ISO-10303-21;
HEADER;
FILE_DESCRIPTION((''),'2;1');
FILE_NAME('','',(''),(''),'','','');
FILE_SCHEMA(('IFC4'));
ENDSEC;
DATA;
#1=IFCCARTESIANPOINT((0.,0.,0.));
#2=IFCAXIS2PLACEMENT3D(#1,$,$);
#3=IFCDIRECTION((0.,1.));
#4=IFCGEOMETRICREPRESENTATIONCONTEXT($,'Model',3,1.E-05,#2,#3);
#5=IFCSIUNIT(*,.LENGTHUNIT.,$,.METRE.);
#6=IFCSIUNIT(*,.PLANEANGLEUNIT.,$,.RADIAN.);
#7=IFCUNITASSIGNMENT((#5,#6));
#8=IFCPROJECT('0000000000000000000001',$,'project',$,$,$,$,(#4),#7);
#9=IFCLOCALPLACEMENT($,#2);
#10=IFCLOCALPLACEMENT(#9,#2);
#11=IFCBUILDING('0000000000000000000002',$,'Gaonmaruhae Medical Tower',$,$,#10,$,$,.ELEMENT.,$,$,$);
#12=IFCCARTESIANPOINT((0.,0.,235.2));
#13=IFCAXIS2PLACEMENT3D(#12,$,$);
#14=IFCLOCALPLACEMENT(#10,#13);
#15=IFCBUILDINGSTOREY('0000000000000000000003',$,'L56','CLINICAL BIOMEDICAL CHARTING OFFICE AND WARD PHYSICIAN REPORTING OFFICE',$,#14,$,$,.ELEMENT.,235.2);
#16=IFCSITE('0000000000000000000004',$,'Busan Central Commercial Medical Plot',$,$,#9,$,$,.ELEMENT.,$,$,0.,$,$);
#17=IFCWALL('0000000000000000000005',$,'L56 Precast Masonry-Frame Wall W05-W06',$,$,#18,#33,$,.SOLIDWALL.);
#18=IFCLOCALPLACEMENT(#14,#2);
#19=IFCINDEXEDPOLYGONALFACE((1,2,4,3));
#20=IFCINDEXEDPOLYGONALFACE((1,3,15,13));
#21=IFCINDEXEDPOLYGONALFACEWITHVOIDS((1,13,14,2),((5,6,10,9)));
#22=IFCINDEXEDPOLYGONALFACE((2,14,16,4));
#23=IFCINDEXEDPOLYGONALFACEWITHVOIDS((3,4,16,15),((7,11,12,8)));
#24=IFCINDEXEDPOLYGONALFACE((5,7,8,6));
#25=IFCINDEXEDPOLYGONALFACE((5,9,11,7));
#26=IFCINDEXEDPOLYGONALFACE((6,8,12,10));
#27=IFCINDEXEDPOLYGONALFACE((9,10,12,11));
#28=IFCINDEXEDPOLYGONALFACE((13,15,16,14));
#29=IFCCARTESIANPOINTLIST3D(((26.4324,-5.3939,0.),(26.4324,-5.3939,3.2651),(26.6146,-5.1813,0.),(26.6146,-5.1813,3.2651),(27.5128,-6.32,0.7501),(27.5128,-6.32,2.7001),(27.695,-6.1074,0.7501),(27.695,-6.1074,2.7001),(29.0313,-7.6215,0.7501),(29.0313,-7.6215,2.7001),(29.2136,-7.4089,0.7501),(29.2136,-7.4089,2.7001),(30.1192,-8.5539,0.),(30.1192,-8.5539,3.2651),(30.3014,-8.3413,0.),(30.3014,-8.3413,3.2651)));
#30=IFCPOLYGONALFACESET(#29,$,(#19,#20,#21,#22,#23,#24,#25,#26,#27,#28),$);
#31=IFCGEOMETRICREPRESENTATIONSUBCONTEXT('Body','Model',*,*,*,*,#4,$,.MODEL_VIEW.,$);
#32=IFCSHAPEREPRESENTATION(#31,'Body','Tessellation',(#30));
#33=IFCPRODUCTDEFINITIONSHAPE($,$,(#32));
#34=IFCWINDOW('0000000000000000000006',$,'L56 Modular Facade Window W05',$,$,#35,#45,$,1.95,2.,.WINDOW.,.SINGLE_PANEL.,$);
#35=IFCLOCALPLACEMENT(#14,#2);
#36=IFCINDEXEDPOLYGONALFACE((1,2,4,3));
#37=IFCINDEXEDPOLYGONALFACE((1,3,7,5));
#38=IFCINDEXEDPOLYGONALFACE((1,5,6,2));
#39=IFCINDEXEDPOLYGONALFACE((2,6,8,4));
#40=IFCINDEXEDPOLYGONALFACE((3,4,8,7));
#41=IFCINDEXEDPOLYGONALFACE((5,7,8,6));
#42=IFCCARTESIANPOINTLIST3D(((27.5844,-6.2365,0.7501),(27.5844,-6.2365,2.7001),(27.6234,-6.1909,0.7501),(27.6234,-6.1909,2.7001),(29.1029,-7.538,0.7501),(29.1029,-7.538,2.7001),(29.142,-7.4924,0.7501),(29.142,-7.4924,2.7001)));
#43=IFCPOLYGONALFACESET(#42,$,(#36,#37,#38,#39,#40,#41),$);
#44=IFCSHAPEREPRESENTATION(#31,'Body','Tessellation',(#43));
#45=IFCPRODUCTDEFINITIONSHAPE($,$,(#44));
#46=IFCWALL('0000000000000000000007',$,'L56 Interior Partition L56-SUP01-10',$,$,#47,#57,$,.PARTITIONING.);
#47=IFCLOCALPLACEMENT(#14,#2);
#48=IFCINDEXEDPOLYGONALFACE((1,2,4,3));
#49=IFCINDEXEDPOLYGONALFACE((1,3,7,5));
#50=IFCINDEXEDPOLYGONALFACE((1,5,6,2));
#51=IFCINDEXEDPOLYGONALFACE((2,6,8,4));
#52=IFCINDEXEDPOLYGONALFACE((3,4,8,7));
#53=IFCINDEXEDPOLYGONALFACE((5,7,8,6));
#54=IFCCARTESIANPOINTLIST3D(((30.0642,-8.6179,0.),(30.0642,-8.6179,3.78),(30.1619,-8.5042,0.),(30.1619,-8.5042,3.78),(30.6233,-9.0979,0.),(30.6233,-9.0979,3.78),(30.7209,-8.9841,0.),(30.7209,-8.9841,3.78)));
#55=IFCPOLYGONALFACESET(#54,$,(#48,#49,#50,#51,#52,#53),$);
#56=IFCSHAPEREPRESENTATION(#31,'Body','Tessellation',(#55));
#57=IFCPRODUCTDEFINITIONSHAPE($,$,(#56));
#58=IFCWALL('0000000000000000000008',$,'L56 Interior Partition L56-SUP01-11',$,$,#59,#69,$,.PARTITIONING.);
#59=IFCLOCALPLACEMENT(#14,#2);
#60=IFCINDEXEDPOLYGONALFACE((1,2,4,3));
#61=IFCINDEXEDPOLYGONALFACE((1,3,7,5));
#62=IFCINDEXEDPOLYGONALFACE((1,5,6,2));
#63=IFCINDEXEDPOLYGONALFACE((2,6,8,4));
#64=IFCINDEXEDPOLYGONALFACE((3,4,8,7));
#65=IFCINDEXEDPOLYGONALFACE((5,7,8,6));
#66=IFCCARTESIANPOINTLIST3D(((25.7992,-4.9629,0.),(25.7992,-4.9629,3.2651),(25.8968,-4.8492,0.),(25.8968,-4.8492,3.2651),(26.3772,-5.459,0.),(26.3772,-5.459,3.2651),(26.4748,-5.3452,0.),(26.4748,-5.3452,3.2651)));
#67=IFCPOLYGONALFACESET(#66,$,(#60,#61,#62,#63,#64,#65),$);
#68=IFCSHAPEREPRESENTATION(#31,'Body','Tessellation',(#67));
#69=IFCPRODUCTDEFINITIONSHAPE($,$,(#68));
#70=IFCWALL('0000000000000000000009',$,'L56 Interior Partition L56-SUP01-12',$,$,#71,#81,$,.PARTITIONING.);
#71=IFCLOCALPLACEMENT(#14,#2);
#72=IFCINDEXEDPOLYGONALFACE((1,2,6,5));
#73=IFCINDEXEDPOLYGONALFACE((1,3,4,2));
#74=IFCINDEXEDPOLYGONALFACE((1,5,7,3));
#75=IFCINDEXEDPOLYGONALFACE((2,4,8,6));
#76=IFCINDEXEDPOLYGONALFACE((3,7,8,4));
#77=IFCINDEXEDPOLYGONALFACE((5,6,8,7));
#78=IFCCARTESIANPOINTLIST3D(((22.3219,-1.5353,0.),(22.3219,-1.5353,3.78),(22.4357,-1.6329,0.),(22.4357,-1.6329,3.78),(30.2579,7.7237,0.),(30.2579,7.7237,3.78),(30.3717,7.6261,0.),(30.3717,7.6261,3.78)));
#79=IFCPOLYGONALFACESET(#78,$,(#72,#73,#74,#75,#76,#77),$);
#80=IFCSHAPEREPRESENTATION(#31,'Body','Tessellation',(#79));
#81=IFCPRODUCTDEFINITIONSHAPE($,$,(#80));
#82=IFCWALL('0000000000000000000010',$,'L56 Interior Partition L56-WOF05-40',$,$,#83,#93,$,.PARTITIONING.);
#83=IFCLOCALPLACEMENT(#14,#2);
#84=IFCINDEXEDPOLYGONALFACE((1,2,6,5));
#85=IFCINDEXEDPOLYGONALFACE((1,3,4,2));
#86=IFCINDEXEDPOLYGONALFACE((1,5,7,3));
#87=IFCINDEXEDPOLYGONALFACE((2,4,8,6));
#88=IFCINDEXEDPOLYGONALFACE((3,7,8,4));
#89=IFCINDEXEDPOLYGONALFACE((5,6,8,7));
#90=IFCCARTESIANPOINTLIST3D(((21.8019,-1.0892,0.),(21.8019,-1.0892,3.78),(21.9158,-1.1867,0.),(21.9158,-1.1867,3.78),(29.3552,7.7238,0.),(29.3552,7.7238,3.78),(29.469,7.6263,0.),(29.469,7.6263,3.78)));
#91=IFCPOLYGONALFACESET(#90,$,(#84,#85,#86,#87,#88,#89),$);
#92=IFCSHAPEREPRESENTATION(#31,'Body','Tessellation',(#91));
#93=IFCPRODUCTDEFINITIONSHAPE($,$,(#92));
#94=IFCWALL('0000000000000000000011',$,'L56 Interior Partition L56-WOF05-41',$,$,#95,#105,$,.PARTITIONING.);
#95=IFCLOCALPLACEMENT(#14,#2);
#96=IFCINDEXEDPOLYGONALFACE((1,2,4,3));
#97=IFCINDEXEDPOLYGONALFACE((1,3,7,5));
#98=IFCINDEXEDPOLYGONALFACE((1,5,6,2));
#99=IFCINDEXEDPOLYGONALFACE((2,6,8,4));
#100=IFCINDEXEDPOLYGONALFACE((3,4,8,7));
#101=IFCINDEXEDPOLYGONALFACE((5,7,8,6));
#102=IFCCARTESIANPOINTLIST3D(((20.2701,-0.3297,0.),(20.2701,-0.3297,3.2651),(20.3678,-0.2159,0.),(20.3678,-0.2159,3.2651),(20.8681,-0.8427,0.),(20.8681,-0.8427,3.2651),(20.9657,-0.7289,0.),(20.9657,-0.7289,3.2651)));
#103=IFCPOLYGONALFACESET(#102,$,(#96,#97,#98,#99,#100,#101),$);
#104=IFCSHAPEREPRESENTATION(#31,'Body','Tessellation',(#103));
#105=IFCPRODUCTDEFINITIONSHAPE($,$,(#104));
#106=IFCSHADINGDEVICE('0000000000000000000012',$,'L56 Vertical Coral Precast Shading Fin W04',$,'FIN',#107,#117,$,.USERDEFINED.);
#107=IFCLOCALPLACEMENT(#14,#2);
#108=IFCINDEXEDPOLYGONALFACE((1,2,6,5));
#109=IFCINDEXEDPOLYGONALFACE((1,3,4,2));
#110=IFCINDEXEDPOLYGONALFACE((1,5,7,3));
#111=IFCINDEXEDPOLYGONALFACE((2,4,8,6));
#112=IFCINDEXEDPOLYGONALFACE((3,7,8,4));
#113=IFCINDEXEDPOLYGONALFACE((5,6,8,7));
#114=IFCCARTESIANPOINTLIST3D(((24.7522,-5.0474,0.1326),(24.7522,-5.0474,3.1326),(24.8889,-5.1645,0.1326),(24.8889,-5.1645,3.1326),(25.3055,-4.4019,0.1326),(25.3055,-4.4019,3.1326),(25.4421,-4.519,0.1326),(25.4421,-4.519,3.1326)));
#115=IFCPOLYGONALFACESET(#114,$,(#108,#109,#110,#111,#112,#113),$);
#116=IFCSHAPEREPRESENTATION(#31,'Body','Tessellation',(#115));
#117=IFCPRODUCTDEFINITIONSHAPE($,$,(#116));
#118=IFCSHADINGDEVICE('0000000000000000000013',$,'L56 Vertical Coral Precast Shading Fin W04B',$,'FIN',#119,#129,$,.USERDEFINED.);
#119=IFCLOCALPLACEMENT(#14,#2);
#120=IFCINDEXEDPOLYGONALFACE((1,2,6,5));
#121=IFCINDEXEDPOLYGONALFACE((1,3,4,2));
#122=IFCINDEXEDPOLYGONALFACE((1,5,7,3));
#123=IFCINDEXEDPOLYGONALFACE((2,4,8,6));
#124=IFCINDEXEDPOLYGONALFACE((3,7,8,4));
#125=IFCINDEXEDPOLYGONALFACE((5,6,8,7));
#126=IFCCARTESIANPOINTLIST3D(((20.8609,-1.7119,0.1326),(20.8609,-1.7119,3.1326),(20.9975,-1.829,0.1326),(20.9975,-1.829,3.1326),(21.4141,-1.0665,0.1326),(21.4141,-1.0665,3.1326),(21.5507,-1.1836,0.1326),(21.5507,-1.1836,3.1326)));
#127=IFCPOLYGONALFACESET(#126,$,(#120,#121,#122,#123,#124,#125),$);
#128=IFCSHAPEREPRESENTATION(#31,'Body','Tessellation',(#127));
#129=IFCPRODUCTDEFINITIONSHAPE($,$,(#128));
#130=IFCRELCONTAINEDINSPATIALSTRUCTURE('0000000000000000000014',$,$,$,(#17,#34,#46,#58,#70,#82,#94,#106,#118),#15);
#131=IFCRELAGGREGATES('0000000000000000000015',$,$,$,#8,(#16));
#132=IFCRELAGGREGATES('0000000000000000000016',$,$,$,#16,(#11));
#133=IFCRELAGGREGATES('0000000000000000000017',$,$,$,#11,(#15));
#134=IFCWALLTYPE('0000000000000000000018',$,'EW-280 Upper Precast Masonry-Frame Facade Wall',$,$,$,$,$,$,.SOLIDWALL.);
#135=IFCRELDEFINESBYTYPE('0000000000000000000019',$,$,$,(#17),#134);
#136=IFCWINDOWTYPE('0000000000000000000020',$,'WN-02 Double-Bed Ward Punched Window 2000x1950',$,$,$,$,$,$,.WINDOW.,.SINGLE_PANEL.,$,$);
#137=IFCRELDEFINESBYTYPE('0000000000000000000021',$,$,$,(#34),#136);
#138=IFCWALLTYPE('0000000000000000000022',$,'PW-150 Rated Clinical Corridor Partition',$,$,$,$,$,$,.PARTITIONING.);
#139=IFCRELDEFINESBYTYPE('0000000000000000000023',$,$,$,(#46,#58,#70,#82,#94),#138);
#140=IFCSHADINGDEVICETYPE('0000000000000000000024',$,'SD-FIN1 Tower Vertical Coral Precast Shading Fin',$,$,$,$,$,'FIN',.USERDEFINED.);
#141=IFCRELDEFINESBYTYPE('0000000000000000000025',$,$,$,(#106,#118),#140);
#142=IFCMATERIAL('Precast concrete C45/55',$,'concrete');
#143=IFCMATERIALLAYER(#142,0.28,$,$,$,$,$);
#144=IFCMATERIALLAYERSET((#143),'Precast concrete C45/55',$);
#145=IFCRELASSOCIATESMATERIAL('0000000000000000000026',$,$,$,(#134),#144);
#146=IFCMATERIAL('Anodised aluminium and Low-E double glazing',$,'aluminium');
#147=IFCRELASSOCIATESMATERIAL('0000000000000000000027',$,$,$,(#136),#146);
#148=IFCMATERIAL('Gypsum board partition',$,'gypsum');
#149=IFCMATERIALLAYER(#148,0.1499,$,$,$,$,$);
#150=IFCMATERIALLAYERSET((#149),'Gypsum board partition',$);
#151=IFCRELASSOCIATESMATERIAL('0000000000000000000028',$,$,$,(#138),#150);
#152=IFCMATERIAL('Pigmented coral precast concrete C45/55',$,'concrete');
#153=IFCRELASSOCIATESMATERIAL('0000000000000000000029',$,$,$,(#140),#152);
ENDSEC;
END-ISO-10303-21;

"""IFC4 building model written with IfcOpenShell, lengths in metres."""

from ifc_helpers import new_model, si_unit, direction, frame, frame_2d, origin, origin_2d, place, context, subcontext, project, spatial, rectangle, extrude, material, layer, layer_set, type_object, element, fill, save


model = new_model("IFC4")

# Units and contexts
model_context = context("Model", 3, precision=1e-05, world=origin(), true_north=direction((0.0, 1.0)))
body_context = subcontext(model_context, "Body", "Model", "MODEL_VIEW")
ifc_project = project(units=[si_unit("LENGTHUNIT", "METRE"), si_unit("PLANEANGLEUNIT", "RADIAN")], contexts=[model_context])

# Site, building, storey
site_placement = place(None, origin())
site = spatial("IfcSite", under=ifc_project, at=site_placement, Name="Busan Central Commercial Medical Plot", CompositionType="ELEMENT", RefElevation=0.0)
building_placement = place(site_placement, origin())
building = spatial("IfcBuilding", under=site, at=building_placement, Name="Gaonmaruhae Medical Tower", CompositionType="ELEMENT")
storey_placement = place(building_placement, frame((0.0, 0.0, 235.2)))
storey = spatial("IfcBuildingStorey", under=building, at=storey_placement, Name="L56", Description="CLINICAL BIOMEDICAL CHARTING OFFICE AND WARD PHYSICIAN REPORTING OFFICE", CompositionType="ELEMENT", Elevation=235.2)

# Shared definitions
ifc_material_1 = material(Name="Precast concrete C45/55", Category="concrete")
ifc_layer_1 = layer(ifc_material_1, 0.28)
ifc_layer_set_1 = layer_set([ifc_layer_1], Name="Precast concrete C45/55")
wall_type_1 = type_object("IfcWallType", Name="EW-280 Upper Precast Masonry-Frame Facade Wall", PredefinedType="SOLIDWALL", material=ifc_layer_set_1)
ifc_material_2 = material(Name="Anodised aluminium and Low-E double glazing", Category="aluminium")

# Wall, opening, window
wall_1_placement = place(storey_placement, frame((30.2102, -8.4475, 0.0), z_axis=(0.0, 0.0, 1.0), x_axis=(-0.759274, 0.650771, 0.0)))
wall_1 = element("IfcWall", 1, at=wall_1_placement, inside=storey, type_object=wall_type_1, Name="L56 Precast Masonry-Frame Wall W05-W06", PredefinedType="SOLIDWALL", context=body_context, shape_type="SweptSolid", body=[
    extrude(rectangle(XDim=4.8557, YDim=0.28, at=frame_2d((2.4277, 0.0))), origin(), (0.0, 0.0, 1.0), 3.2651),
])
opening_1_placement = place(wall_1_placement, frame((1.4326, 0.0, 0.75)))
opening_1 = element("IfcOpeningElement", 2, at=opening_1_placement, cuts=wall_1, PredefinedType="OPENING", context=body_context, shape_type="SweptSolid", body=[
    extrude(rectangle(XDim=2.0, YDim=1.95, at=frame_2d((1.0, 0.9751))), frame((0.0, 0.1499, 0.0), z_axis=(0.0, -1.0, 0.0), x_axis=(1.0, 0.0, 0.0)), (0.0, 0.0, 1.0), 0.3),
])
window_type_1 = type_object("IfcWindowType", Name="WN-02 Double-Bed Ward Punched Window 2000x1950", PartitioningType="SINGLE_PANEL", PredefinedType="WINDOW", material=ifc_material_2)
window_1_placement = place(opening_1_placement, origin())
window_1 = element("IfcWindow", 3, at=window_1_placement, inside=storey, type_object=window_type_1, Name="L56 Modular Facade Window W05", OverallHeight=1.95, OverallWidth=2.0, PartitioningType="SINGLE_PANEL", PredefinedType="WINDOW", context=body_context, shape_type="SweptSolid", body=[
    extrude(rectangle(XDim=2.0, YDim=1.95, at=frame_2d((1.0, 0.9751))), frame((0.0, 0.03, 0.0), z_axis=(0.0, -1.0, 0.0), x_axis=(1.0, 0.0, 0.0)), (0.0, 0.0, 1.0), 0.0601),
])
fill(opening_1, window_1)

# Walls
ifc_material_3 = material(Name="Gypsum board partition", Category="gypsum")
ifc_layer_2 = layer(ifc_material_3, 0.1499)
ifc_layer_set_2 = layer_set([ifc_layer_2], Name="Gypsum board partition")
wall_type_2 = type_object("IfcWallType", Name="PW-150 Rated Clinical Corridor Partition", PredefinedType="PARTITIONING", material=ifc_layer_set_2)
wall_2_placement = place(storey_placement, frame((30.6721, -9.041, 0.0), z_axis=(0.0, 0.0, 1.0), x_axis=(-0.758742, 0.651391, 0.0)))
element("IfcWall", 4, at=wall_2_placement, inside=storey, type_object=wall_type_2, Name="L56 Interior Partition L56-SUP01-10", PredefinedType="PARTITIONING", context=body_context, shape_type="SweptSolid", body=[
    extrude(rectangle(XDim=0.7368, YDim=0.1499, at=frame_2d((0.3684, 0.0))), origin(), (0.0, 0.0, 1.0), 3.78),
])
wall_3_placement = place(storey_placement, frame((26.426, -5.4021, 0.0), z_axis=(0.0, 0.0, 1.0), x_axis=(-0.758895, 0.651214, 0.0)))
element("IfcWall", 5, at=wall_3_placement, inside=storey, type_object=wall_type_2, Name="L56 Interior Partition L56-SUP01-11", PredefinedType="PARTITIONING", context=body_context, shape_type="SweptSolid", body=[
    extrude(rectangle(XDim=0.7617, YDim=0.1499, at=frame_2d((0.3809, 0.0))), origin(), (0.0, 0.0, 1.0), 3.2651),
])
wall_4_placement = place(storey_placement, frame((22.3789, -1.584, 0.0), z_axis=(0.0, 0.0, 1.0), x_axis=(0.650778, 0.759268, 0.0)))
element("IfcWall", 6, at=wall_4_placement, inside=storey, type_object=wall_type_2, Name="L56 Interior Partition L56-SUP01-12", PredefinedType="PARTITIONING", context=body_context, shape_type="SweptSolid", body=[
    extrude(rectangle(XDim=12.1946, YDim=0.1499, at=frame_2d((6.0972, 0.0))), origin(), (0.0, 0.0, 1.0), 3.78),
])
wall_5_placement = place(storey_placement, frame((29.4121, 7.675, 0.0), z_axis=(0.0, 0.0, 1.0), x_axis=(-0.650753, -0.759289, 0.0)))
element("IfcWall", 7, at=wall_5_placement, inside=storey, type_object=wall_type_2, Name="L56 Interior Partition L56-WOF05-40", PredefinedType="PARTITIONING", context=body_context, shape_type="SweptSolid", body=[
    extrude(rectangle(XDim=11.6069, YDim=0.1499, at=frame_2d((5.8035, 0.0))), origin(), (0.0, 0.0, 1.0), 3.78),
])
wall_6_placement = place(storey_placement, frame((20.917, -0.7859, 0.0), z_axis=(0.0, 0.0, 1.0), x_axis=(-0.758972, 0.651123, 0.0)))
element("IfcWall", 8, at=wall_6_placement, inside=storey, type_object=wall_type_2, Name="L56 Interior Partition L56-WOF05-41", PredefinedType="PARTITIONING", context=body_context, shape_type="SweptSolid", body=[
    extrude(rectangle(XDim=0.7878, YDim=0.1499, at=frame_2d((0.394, 0.0))), origin(), (0.0, 0.0, 1.0), 3.2651),
])

# Shading devices
ifc_material_4 = material(Name="Pigmented coral precast concrete C45/55", Category="concrete")
shading_device_type = type_object("IfcShadingDeviceType", Name="SD-FIN1 Tower Vertical Coral Precast Shading Fin", ElementType="FIN", PredefinedType="USERDEFINED", material=ifc_material_4)
for number, where, z_axis, x_axis, name in (
    (9, (25.0972, -4.7832, 0.1326), (0.0, 0.0, 1.0), (-0.759271, 0.650774, 0.0), "L56 Vertical Coral Precast Shading Fin W04"),
    (10, (21.2058, -1.4478, 0.1326), (0.0, 0.0, 1.0), (-0.759271, 0.650774, 0.0), "L56 Vertical Coral Precast Shading Fin W04B"),
):
    element("IfcShadingDevice", number, at=place(storey_placement, frame(where, z_axis=z_axis, x_axis=x_axis)), inside=storey, type_object=shading_device_type, Name=name, ObjectType="FIN", PredefinedType="USERDEFINED", context=body_context, shape_type="SweptSolid", body=[
        extrude(rectangle(XDim=0.1799, YDim=0.8501, at=origin_2d()), origin(), (0.0, 0.0, 1.0), 3.0),
    ])

save(model, "model.ifc")
